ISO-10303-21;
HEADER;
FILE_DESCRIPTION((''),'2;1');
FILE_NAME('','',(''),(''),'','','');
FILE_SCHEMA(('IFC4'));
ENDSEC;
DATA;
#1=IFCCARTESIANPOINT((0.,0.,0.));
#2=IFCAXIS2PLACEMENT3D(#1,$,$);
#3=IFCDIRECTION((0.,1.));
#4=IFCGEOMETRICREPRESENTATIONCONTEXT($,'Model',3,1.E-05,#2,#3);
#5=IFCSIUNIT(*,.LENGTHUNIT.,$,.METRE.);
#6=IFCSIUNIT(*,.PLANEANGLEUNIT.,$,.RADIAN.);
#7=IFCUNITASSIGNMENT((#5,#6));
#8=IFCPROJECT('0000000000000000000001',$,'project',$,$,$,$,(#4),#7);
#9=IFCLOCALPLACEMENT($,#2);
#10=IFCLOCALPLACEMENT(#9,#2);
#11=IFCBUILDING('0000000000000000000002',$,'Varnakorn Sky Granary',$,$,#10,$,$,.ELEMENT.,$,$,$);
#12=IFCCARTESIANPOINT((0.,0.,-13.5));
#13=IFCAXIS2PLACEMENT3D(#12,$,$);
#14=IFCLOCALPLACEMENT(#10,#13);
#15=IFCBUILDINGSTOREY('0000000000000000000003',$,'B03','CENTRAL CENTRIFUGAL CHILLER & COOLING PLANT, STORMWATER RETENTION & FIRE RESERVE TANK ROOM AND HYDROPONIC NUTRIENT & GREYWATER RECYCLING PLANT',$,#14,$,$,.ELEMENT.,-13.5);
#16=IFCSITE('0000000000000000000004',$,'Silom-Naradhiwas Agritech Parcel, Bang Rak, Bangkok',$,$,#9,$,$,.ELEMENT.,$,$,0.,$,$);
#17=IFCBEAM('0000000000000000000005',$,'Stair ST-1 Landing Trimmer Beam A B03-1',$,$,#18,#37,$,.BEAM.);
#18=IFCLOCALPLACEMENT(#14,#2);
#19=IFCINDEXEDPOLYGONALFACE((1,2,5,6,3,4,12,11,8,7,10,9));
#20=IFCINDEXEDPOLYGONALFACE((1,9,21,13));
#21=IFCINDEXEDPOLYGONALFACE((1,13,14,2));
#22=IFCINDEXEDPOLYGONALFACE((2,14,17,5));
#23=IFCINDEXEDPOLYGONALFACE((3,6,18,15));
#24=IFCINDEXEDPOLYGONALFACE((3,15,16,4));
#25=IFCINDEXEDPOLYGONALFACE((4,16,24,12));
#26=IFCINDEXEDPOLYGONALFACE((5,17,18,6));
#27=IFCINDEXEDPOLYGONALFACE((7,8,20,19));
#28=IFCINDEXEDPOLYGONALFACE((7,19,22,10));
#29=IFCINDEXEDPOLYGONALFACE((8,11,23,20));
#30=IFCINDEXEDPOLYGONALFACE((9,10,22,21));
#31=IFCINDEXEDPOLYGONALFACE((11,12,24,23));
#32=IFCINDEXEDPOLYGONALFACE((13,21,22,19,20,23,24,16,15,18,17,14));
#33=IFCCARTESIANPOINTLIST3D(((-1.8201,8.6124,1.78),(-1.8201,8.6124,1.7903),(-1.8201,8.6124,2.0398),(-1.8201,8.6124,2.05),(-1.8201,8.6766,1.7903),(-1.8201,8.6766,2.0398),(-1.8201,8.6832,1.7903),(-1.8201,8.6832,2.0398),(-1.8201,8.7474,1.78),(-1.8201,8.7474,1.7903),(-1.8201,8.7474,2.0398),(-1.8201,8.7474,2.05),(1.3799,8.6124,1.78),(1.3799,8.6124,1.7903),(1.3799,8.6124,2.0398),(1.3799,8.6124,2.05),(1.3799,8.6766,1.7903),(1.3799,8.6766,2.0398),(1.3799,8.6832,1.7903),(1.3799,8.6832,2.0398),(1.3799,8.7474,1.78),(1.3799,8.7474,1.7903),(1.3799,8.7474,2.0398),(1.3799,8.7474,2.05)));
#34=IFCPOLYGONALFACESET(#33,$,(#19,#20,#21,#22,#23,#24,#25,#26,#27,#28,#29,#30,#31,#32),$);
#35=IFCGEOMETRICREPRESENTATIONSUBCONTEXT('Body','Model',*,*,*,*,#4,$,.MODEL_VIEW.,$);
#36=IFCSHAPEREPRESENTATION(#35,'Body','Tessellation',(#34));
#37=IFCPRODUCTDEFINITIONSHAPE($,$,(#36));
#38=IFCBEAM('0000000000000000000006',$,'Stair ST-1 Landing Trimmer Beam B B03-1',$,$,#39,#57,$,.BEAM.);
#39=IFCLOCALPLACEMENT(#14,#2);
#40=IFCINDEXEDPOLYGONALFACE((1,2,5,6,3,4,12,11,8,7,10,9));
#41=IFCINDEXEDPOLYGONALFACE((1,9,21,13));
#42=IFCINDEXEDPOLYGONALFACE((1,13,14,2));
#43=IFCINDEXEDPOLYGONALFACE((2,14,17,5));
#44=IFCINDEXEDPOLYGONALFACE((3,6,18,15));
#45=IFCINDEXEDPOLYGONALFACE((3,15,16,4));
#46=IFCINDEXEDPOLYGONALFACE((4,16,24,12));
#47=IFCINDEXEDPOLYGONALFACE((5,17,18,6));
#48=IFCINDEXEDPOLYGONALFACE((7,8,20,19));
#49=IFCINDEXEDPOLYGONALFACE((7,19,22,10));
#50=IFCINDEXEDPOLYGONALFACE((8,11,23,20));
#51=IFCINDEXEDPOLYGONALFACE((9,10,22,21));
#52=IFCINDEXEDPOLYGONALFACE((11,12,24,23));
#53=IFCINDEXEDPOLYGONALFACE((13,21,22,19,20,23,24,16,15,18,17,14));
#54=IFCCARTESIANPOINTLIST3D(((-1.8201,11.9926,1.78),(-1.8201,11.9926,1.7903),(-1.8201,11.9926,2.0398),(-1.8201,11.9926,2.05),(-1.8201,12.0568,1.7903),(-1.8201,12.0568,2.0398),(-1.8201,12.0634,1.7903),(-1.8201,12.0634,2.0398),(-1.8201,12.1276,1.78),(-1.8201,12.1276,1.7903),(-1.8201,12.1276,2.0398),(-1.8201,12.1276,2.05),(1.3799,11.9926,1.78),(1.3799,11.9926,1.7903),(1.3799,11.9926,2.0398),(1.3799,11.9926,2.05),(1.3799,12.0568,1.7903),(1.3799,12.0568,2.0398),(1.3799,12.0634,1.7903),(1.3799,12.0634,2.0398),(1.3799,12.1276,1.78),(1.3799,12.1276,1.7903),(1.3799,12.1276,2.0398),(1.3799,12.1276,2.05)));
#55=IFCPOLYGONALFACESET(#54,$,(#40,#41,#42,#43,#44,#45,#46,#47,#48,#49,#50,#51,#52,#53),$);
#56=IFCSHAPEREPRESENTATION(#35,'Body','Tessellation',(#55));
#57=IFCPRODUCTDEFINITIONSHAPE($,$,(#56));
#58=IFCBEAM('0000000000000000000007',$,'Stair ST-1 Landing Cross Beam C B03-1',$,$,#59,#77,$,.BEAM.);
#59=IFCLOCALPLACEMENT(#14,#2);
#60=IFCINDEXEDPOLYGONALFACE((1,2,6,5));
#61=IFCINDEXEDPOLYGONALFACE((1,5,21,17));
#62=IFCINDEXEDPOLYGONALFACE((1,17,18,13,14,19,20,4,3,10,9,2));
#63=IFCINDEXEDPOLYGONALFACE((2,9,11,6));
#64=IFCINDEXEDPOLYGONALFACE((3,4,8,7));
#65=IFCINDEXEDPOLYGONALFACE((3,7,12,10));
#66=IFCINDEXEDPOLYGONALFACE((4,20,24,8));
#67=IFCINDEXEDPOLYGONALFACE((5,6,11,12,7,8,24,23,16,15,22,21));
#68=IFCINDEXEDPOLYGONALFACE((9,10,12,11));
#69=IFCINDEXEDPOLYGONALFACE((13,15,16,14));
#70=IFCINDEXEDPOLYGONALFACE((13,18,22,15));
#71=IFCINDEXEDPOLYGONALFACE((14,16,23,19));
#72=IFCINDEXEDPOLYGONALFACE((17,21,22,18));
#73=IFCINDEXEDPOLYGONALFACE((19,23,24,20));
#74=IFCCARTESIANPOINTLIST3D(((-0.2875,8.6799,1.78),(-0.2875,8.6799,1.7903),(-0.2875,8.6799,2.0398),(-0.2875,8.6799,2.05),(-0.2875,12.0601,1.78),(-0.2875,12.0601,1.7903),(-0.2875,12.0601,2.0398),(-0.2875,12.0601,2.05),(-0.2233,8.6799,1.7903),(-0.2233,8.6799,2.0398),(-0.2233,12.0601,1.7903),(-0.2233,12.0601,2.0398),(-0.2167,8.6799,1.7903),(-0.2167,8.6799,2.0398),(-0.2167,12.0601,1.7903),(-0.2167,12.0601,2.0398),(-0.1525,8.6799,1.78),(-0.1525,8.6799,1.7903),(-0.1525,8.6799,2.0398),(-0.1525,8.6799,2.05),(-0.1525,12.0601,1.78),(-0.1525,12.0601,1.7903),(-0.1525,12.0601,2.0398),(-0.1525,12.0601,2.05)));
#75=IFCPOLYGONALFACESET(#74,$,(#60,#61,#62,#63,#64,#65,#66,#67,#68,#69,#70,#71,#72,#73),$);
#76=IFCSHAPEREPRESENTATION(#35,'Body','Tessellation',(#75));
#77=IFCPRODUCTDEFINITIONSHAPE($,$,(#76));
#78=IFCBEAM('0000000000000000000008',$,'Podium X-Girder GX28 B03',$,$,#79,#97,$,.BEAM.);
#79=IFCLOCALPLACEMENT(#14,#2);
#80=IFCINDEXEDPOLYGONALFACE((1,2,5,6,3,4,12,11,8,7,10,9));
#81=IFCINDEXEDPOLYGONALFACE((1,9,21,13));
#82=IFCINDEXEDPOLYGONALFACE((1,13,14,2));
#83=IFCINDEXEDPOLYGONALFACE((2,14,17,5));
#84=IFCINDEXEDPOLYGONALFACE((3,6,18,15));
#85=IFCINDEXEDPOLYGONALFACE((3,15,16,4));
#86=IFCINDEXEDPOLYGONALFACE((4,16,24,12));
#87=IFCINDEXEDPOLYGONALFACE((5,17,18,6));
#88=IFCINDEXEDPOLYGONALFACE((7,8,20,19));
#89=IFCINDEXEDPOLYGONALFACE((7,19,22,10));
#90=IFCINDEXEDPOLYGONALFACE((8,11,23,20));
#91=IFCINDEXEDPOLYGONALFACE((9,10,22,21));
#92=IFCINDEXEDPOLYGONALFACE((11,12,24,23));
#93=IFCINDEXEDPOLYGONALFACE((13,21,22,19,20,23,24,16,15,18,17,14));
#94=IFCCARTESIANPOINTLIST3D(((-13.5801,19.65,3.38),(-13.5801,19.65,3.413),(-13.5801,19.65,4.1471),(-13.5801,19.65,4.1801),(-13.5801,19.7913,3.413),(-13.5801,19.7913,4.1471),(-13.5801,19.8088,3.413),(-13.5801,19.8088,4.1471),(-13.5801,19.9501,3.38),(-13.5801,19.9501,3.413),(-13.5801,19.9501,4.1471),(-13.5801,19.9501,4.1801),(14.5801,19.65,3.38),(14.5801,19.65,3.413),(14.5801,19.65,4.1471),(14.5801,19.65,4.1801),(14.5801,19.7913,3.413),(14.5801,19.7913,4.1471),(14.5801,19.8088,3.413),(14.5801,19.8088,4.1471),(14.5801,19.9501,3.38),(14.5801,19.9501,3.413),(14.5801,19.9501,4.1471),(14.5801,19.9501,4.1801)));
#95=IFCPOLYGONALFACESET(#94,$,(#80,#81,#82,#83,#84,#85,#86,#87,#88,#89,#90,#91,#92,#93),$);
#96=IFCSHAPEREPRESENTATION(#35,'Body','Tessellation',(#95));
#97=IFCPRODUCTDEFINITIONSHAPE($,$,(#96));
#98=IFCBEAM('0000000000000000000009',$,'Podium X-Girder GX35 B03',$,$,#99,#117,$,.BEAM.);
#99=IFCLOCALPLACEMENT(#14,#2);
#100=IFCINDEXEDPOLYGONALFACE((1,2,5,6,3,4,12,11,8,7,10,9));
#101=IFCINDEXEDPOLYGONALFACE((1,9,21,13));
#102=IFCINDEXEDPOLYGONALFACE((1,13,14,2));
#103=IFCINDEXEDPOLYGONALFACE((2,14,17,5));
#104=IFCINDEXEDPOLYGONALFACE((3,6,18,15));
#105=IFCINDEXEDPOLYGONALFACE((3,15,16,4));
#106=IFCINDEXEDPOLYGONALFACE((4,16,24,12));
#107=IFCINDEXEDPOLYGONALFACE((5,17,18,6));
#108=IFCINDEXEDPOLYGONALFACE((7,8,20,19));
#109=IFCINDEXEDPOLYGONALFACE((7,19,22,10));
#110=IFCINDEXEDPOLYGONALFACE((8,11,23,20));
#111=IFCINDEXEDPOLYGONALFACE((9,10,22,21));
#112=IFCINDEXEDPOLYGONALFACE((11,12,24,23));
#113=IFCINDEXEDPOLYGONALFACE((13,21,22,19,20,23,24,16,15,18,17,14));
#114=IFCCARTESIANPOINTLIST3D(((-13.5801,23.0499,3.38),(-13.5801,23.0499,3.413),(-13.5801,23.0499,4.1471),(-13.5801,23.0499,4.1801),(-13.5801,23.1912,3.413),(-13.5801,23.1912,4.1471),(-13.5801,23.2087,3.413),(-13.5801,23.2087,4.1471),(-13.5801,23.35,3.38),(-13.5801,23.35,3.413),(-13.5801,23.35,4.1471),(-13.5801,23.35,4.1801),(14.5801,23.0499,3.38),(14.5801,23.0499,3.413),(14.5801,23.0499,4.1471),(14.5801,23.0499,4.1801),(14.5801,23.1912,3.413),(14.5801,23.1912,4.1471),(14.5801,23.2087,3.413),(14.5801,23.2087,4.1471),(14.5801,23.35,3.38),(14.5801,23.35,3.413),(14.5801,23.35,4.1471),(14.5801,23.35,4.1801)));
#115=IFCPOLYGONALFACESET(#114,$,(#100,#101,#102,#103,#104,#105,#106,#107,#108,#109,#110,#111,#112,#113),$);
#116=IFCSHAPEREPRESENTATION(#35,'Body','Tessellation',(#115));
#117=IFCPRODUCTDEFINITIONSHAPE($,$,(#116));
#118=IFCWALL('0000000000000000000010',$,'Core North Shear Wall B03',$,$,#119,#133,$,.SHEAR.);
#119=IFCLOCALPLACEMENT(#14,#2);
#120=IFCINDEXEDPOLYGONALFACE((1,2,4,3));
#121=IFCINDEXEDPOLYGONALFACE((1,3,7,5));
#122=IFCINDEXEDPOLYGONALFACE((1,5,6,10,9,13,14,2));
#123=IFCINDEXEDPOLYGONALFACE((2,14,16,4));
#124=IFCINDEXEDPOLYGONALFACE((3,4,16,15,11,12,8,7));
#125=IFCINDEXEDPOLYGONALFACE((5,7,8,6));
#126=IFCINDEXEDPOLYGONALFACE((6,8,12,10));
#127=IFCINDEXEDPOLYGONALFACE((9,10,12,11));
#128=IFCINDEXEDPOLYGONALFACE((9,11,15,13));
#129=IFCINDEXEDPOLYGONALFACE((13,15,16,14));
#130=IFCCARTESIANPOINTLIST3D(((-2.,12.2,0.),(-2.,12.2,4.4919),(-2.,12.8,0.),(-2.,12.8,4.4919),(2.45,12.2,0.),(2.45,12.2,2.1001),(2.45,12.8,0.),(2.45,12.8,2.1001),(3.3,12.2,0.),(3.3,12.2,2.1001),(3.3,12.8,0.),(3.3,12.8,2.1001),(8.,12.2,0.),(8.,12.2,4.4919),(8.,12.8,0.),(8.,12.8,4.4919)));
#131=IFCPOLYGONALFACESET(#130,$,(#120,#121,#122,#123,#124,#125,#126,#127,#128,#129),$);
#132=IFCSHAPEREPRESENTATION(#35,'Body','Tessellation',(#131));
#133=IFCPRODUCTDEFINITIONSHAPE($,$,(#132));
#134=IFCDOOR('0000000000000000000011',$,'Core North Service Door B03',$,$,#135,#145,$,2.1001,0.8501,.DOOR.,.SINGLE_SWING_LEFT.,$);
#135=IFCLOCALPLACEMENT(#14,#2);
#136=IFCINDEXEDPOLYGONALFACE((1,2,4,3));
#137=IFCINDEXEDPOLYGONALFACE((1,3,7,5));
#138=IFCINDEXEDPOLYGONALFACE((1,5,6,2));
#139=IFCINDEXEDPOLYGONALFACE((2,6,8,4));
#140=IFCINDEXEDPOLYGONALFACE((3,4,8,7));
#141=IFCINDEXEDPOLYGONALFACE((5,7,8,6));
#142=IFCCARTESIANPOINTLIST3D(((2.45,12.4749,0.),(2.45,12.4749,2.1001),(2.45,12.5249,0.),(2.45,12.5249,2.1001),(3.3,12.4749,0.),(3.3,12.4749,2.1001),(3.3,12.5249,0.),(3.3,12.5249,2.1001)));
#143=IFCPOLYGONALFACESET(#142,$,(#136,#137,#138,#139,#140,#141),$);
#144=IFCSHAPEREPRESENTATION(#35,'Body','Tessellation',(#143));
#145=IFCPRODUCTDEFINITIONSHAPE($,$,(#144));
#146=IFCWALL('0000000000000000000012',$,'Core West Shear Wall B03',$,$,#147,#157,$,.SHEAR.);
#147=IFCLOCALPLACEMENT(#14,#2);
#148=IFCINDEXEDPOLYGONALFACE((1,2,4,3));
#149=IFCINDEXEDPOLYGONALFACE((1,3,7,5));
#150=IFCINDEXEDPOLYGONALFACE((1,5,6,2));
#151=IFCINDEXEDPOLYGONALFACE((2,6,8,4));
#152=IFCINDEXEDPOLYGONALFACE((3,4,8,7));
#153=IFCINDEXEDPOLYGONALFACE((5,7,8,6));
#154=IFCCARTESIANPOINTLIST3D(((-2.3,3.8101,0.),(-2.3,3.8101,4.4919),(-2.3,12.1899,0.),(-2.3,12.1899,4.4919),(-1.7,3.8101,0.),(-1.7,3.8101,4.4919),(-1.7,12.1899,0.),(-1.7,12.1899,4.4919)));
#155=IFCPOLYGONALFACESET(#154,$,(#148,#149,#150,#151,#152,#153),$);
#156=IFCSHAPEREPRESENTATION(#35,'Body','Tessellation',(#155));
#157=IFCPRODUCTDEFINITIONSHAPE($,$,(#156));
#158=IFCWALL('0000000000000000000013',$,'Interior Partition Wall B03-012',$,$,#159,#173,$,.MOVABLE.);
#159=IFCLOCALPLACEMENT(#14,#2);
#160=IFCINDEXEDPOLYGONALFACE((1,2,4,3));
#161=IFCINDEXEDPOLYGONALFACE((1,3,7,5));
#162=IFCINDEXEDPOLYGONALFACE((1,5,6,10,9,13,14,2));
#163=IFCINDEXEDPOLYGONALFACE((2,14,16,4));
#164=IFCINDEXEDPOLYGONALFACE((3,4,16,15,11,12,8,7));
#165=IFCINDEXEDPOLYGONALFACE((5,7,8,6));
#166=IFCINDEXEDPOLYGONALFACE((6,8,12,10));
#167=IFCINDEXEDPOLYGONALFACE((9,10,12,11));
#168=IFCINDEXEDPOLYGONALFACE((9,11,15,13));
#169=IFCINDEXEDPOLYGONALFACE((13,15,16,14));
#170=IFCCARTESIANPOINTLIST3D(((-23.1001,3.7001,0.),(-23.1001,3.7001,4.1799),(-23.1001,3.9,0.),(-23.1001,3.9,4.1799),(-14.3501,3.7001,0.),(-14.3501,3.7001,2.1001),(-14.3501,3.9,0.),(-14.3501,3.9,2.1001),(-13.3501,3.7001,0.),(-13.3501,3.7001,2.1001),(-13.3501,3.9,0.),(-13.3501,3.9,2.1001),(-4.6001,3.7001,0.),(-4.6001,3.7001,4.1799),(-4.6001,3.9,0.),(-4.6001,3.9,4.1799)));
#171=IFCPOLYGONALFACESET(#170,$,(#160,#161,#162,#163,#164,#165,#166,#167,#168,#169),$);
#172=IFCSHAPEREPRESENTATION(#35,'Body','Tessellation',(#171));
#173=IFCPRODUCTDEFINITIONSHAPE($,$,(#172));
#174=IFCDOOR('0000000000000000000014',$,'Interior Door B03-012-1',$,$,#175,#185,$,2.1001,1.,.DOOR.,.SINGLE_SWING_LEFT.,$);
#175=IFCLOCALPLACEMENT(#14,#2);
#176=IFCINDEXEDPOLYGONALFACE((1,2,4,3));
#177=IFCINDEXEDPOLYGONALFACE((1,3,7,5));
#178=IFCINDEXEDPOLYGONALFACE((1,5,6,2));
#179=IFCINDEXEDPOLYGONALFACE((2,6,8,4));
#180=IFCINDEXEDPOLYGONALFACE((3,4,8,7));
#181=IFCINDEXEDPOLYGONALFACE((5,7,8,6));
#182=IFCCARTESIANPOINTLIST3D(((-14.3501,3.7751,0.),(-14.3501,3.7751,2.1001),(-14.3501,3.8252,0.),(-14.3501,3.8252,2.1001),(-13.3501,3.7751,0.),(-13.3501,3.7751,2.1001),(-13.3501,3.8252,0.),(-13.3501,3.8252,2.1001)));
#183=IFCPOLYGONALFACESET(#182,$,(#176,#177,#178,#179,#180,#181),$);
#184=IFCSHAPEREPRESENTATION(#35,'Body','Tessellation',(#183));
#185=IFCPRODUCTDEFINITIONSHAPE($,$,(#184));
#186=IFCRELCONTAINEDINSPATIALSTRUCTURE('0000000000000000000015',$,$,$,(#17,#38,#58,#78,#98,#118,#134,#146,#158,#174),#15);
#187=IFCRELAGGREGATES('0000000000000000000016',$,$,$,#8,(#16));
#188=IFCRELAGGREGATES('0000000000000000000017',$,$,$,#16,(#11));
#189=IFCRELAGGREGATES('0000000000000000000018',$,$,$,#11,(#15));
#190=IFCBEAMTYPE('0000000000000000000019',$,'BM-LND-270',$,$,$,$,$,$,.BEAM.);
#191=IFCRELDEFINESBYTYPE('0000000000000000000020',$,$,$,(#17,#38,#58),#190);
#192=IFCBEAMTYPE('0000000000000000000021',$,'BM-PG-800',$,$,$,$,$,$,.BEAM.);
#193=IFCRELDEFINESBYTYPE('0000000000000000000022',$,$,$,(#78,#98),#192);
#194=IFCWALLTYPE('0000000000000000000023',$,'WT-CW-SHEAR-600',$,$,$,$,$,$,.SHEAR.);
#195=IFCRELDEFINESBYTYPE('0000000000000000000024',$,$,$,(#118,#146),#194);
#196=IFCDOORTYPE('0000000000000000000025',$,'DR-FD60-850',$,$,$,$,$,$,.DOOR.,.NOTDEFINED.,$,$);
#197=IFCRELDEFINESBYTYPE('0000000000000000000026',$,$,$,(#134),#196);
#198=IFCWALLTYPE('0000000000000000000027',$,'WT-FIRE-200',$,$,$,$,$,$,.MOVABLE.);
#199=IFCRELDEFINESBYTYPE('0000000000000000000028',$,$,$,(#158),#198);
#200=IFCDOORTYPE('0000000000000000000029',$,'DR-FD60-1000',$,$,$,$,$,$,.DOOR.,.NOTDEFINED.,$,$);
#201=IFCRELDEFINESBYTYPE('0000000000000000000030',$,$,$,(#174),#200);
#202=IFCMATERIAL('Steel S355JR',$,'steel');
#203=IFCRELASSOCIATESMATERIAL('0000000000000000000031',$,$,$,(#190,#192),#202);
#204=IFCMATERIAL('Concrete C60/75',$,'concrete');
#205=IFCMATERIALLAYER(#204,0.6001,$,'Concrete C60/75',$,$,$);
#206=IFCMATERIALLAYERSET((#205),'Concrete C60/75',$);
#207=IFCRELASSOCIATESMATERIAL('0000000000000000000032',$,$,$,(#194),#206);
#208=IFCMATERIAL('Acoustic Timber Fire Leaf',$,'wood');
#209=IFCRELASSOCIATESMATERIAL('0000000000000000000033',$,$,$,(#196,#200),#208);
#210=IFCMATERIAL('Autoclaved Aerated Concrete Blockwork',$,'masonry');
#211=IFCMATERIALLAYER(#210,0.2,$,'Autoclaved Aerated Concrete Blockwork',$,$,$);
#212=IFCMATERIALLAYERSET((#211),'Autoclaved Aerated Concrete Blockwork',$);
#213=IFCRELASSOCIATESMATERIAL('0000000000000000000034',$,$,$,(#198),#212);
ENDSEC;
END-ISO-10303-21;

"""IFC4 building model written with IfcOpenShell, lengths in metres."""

from ifc_helpers import new_model, si_unit, direction, frame, frame_2d, origin, origin_2d, place, context, subcontext, project, spatial, rectangle, i_section, extrude, material, layer, layer_set, material_profile, profile_set, type_object, element, fill, save


model = new_model("IFC4")

# Units and contexts
model_context = context("Model", 3, precision=1e-05, world=origin(), true_north=direction((0.0, 1.0)))
body_context = subcontext(model_context, "Body", "Model", "MODEL_VIEW")
ifc_project = project(units=[si_unit("LENGTHUNIT", "METRE"), si_unit("PLANEANGLEUNIT", "RADIAN")], contexts=[model_context])

# Site, building, storey
site_placement = place(None, origin())
site = spatial("IfcSite", under=ifc_project, at=site_placement, Name="Silom-Naradhiwas Agritech Parcel, Bang Rak, Bangkok", CompositionType="ELEMENT", RefElevation=0.0)
building_placement = place(site_placement, origin())
building = spatial("IfcBuilding", under=site, at=building_placement, Name="Varnakorn Sky Granary", CompositionType="ELEMENT")
storey_placement = place(building_placement, frame((0.0, 0.0, -13.5)))
storey = spatial("IfcBuildingStorey", under=building, at=storey_placement, Name="B03", Description="CENTRAL CENTRIFUGAL CHILLER & COOLING PLANT, STORMWATER RETENTION & FIRE RESERVE TANK ROOM AND HYDROPONIC NUTRIENT & GREYWATER RECYCLING PLANT", CompositionType="ELEMENT", Elevation=-13.5)

# Shared definitions
ifc_material_1 = material(Name="Concrete C60/75", Category="concrete")

# Beams
ifc_material_2 = material(Name="Steel S355JR", Category="steel")
ifc_material_profile_1 = material_profile(ifc_material_2, i_section(OverallWidth=0.135, OverallDepth=0.27, WebThickness=0.0066, FlangeThickness=0.0103, at=origin_2d()), Name="IPE 270")
ifc_profile_set_1 = profile_set([ifc_material_profile_1], Name="Steel S355JR")
beam_type_1 = type_object("IfcBeamType", Name="BM-LND-270", PredefinedType="BEAM", material=ifc_profile_set_1)
for number, where, z_axis, x_axis, name in (
    (1, (-1.8201, 8.6799, 1.915), (1.0, 0.0, 0.0), (0.0, 1.0, 0.0), "Stair ST-1 Landing Trimmer Beam A B03-1"),
    (2, (-1.8201, 12.0601, 1.915), (1.0, 0.0, 0.0), (0.0, 1.0, 0.0), "Stair ST-1 Landing Trimmer Beam B B03-1"),
):
    element("IfcBeam", number, at=place(storey_placement, frame(where, z_axis=z_axis, x_axis=x_axis)), inside=storey, type_object=beam_type_1, Name=name, PredefinedType="BEAM", context=body_context, shape_type="SweptSolid", body=[
        extrude(i_section(OverallWidth=0.135, OverallDepth=0.27, WebThickness=0.0066, FlangeThickness=0.0103, at=origin_2d()), origin(), (0.0, 0.0, 1.0), 3.2),
    ])
beam_placement = place(storey_placement, frame((-0.22, 8.6799, 1.915), z_axis=(0.0, 1.0, 0.0), x_axis=(-1.0, 0.0, 0.0)))
element("IfcBeam", 3, at=beam_placement, inside=storey, type_object=beam_type_1, Name="Stair ST-1 Landing Cross Beam C B03-1", PredefinedType="BEAM", context=body_context, shape_type="SweptSolid", body=[
    extrude(i_section(OverallWidth=0.135, OverallDepth=0.27, WebThickness=0.0066, FlangeThickness=0.0103, at=origin_2d()), origin(), (0.0, 0.0, 1.0), 3.3801),
])
ifc_material_profile_2 = material_profile(ifc_material_2, i_section(OverallWidth=0.3, OverallDepth=0.8, WebThickness=0.0176, FlangeThickness=0.033, at=origin_2d()), Name="HE 800 B")
ifc_profile_set_2 = profile_set([ifc_material_profile_2], Name="Steel S355JR")
beam_type_2 = type_object("IfcBeamType", Name="BM-PG-800", PredefinedType="BEAM", material=ifc_profile_set_2)
for number, where, z_axis, x_axis, name in (
    (4, (-13.5801, 19.8, 3.78), (1.0, 0.0, 0.0), (0.0, 1.0, 0.0), "Podium X-Girder GX28 B03"),
    (5, (-13.5801, 23.2, 3.78), (1.0, 0.0, 0.0), (0.0, 1.0, 0.0), "Podium X-Girder GX35 B03"),
):
    element("IfcBeam", number, at=place(storey_placement, frame(where, z_axis=z_axis, x_axis=x_axis)), inside=storey, type_object=beam_type_2, Name=name, PredefinedType="BEAM", context=body_context, shape_type="SweptSolid", body=[
        extrude(i_section(OverallWidth=0.3, OverallDepth=0.8, WebThickness=0.0176, FlangeThickness=0.033, at=origin_2d()), origin(), (0.0, 0.0, 1.0), 28.1602),
    ])

# Wall, opening, door
ifc_layer_1 = layer(ifc_material_1, 0.6001, Name="Concrete C60/75")
ifc_layer_set_1 = layer_set([ifc_layer_1], Name="Concrete C60/75")
wall_type_1 = type_object("IfcWallType", Name="WT-CW-SHEAR-600", PredefinedType="SHEAR", material=ifc_layer_set_1)
wall_1_placement = place(storey_placement, frame((-2.0, 12.5, 0.0), z_axis=(0.0, 0.0, 1.0), x_axis=(1.0, 0.0, 0.0)))
wall_1 = element("IfcWall", 6, at=wall_1_placement, inside=storey, type_object=wall_type_1, Name="Core North Shear Wall B03", PredefinedType="SHEAR", context=body_context, shape_type="SweptSolid", body=[
    extrude(rectangle(XDim=10.0, YDim=0.6001, at=frame_2d((5.0, 0.0))), origin(), (0.0, 0.0, 1.0), 4.4919),
])
opening_1_placement = place(wall_1_placement, frame((4.45, 0.0, 0.0)))
opening_1 = element("IfcOpeningElement", 7, at=opening_1_placement, cuts=wall_1, PredefinedType="OPENING", context=body_context, shape_type="SweptSolid", body=[
    extrude(rectangle(XDim=0.8501, YDim=2.1001, at=frame_2d((0.425, 1.05))), frame((0.0, 0.3101, 0.0), z_axis=(0.0, -1.0, 0.0), x_axis=(1.0, 0.0, 0.0)), (0.0, 0.0, 1.0), 0.6201),
])
ifc_material_3 = material(Name="Acoustic Timber Fire Leaf", Category="wood")
door_type_1 = type_object("IfcDoorType", Name="DR-FD60-850", OperationType="NOTDEFINED", PredefinedType="DOOR", material=ifc_material_3)
door_1_placement = place(opening_1_placement, origin())
door_1 = element("IfcDoor", 8, at=door_1_placement, inside=storey, type_object=door_type_1, Name="Core North Service Door B03", OperationType="SINGLE_SWING_LEFT", OverallHeight=2.1001, OverallWidth=0.8501, PredefinedType="DOOR", context=body_context, shape_type="SweptSolid", body=[
    extrude(rectangle(XDim=0.8501, YDim=2.1001, at=frame_2d((0.425, 1.05))), frame((0.0, 0.0249, 0.0), z_axis=(0.0, -1.0, 0.0), x_axis=(1.0, 0.0, 0.0)), (0.0, 0.0, 1.0), 0.05),
])
fill(opening_1, door_1)

# Wall
wall_2_placement = place(storey_placement, frame((-2.0, 3.8101, 0.0), z_axis=(0.0, 0.0, 1.0), x_axis=(0.0, 1.0, 0.0)))
element("IfcWall", 9, at=wall_2_placement, inside=storey, type_object=wall_type_1, Name="Core West Shear Wall B03", PredefinedType="SHEAR", context=body_context, shape_type="SweptSolid", body=[
    extrude(rectangle(XDim=8.3799, YDim=0.6001, at=frame_2d((4.1899, 0.0))), origin(), (0.0, 0.0, 1.0), 4.4919),
])

# Wall, opening, door
ifc_material_4 = material(Name="Autoclaved Aerated Concrete Blockwork", Category="masonry")
ifc_layer_2 = layer(ifc_material_4, 0.2, Name="Autoclaved Aerated Concrete Blockwork")
ifc_layer_set_2 = layer_set([ifc_layer_2], Name="Autoclaved Aerated Concrete Blockwork")
wall_type_2 = type_object("IfcWallType", Name="WT-FIRE-200", PredefinedType="MOVABLE", material=ifc_layer_set_2)
wall_3_placement = place(storey_placement, frame((-4.6001, 3.8, 0.0), z_axis=(0.0, 0.0, 1.0), x_axis=(-1.0, 0.0, 0.0)))
wall_3 = element("IfcWall", 10, at=wall_3_placement, inside=storey, type_object=wall_type_2, Name="Interior Partition Wall B03-012", PredefinedType="MOVABLE", context=body_context, shape_type="SweptSolid", body=[
    extrude(rectangle(XDim=18.5, YDim=0.2, at=frame_2d((9.25, 0.0))), origin(), (0.0, 0.0, 1.0), 4.1799),
])
opening_2_placement = place(wall_3_placement, frame((8.75, 0.0, 0.0)))
opening_2 = element("IfcOpeningElement", 11, at=opening_2_placement, cuts=wall_3, PredefinedType="OPENING", context=body_context, shape_type="SweptSolid", body=[
    extrude(rectangle(XDim=1.0, YDim=2.1001, at=frame_2d((0.5, 1.05))), frame((0.0, 0.1099, 0.0), z_axis=(0.0, -1.0, 0.0), x_axis=(1.0, 0.0, 0.0)), (0.0, 0.0, 1.0), 0.22),
])
door_type_2 = type_object("IfcDoorType", Name="DR-FD60-1000", OperationType="NOTDEFINED", PredefinedType="DOOR", material=ifc_material_3)
door_2_placement = place(opening_2_placement, origin())
door_2 = element("IfcDoor", 12, at=door_2_placement, inside=storey, type_object=door_type_2, Name="Interior Door B03-012-1", OperationType="SINGLE_SWING_LEFT", OverallHeight=2.1001, OverallWidth=1.0, PredefinedType="DOOR", context=body_context, shape_type="SweptSolid", body=[
    extrude(rectangle(XDim=1.0, YDim=2.1001, at=frame_2d((0.5, 1.05))), frame((0.0, 0.0249, 0.0), z_axis=(0.0, -1.0, 0.0), x_axis=(1.0, 0.0, 0.0)), (0.0, 0.0, 1.0), 0.05),
])
fill(opening_2, door_2)

save(model, "model.ifc")
